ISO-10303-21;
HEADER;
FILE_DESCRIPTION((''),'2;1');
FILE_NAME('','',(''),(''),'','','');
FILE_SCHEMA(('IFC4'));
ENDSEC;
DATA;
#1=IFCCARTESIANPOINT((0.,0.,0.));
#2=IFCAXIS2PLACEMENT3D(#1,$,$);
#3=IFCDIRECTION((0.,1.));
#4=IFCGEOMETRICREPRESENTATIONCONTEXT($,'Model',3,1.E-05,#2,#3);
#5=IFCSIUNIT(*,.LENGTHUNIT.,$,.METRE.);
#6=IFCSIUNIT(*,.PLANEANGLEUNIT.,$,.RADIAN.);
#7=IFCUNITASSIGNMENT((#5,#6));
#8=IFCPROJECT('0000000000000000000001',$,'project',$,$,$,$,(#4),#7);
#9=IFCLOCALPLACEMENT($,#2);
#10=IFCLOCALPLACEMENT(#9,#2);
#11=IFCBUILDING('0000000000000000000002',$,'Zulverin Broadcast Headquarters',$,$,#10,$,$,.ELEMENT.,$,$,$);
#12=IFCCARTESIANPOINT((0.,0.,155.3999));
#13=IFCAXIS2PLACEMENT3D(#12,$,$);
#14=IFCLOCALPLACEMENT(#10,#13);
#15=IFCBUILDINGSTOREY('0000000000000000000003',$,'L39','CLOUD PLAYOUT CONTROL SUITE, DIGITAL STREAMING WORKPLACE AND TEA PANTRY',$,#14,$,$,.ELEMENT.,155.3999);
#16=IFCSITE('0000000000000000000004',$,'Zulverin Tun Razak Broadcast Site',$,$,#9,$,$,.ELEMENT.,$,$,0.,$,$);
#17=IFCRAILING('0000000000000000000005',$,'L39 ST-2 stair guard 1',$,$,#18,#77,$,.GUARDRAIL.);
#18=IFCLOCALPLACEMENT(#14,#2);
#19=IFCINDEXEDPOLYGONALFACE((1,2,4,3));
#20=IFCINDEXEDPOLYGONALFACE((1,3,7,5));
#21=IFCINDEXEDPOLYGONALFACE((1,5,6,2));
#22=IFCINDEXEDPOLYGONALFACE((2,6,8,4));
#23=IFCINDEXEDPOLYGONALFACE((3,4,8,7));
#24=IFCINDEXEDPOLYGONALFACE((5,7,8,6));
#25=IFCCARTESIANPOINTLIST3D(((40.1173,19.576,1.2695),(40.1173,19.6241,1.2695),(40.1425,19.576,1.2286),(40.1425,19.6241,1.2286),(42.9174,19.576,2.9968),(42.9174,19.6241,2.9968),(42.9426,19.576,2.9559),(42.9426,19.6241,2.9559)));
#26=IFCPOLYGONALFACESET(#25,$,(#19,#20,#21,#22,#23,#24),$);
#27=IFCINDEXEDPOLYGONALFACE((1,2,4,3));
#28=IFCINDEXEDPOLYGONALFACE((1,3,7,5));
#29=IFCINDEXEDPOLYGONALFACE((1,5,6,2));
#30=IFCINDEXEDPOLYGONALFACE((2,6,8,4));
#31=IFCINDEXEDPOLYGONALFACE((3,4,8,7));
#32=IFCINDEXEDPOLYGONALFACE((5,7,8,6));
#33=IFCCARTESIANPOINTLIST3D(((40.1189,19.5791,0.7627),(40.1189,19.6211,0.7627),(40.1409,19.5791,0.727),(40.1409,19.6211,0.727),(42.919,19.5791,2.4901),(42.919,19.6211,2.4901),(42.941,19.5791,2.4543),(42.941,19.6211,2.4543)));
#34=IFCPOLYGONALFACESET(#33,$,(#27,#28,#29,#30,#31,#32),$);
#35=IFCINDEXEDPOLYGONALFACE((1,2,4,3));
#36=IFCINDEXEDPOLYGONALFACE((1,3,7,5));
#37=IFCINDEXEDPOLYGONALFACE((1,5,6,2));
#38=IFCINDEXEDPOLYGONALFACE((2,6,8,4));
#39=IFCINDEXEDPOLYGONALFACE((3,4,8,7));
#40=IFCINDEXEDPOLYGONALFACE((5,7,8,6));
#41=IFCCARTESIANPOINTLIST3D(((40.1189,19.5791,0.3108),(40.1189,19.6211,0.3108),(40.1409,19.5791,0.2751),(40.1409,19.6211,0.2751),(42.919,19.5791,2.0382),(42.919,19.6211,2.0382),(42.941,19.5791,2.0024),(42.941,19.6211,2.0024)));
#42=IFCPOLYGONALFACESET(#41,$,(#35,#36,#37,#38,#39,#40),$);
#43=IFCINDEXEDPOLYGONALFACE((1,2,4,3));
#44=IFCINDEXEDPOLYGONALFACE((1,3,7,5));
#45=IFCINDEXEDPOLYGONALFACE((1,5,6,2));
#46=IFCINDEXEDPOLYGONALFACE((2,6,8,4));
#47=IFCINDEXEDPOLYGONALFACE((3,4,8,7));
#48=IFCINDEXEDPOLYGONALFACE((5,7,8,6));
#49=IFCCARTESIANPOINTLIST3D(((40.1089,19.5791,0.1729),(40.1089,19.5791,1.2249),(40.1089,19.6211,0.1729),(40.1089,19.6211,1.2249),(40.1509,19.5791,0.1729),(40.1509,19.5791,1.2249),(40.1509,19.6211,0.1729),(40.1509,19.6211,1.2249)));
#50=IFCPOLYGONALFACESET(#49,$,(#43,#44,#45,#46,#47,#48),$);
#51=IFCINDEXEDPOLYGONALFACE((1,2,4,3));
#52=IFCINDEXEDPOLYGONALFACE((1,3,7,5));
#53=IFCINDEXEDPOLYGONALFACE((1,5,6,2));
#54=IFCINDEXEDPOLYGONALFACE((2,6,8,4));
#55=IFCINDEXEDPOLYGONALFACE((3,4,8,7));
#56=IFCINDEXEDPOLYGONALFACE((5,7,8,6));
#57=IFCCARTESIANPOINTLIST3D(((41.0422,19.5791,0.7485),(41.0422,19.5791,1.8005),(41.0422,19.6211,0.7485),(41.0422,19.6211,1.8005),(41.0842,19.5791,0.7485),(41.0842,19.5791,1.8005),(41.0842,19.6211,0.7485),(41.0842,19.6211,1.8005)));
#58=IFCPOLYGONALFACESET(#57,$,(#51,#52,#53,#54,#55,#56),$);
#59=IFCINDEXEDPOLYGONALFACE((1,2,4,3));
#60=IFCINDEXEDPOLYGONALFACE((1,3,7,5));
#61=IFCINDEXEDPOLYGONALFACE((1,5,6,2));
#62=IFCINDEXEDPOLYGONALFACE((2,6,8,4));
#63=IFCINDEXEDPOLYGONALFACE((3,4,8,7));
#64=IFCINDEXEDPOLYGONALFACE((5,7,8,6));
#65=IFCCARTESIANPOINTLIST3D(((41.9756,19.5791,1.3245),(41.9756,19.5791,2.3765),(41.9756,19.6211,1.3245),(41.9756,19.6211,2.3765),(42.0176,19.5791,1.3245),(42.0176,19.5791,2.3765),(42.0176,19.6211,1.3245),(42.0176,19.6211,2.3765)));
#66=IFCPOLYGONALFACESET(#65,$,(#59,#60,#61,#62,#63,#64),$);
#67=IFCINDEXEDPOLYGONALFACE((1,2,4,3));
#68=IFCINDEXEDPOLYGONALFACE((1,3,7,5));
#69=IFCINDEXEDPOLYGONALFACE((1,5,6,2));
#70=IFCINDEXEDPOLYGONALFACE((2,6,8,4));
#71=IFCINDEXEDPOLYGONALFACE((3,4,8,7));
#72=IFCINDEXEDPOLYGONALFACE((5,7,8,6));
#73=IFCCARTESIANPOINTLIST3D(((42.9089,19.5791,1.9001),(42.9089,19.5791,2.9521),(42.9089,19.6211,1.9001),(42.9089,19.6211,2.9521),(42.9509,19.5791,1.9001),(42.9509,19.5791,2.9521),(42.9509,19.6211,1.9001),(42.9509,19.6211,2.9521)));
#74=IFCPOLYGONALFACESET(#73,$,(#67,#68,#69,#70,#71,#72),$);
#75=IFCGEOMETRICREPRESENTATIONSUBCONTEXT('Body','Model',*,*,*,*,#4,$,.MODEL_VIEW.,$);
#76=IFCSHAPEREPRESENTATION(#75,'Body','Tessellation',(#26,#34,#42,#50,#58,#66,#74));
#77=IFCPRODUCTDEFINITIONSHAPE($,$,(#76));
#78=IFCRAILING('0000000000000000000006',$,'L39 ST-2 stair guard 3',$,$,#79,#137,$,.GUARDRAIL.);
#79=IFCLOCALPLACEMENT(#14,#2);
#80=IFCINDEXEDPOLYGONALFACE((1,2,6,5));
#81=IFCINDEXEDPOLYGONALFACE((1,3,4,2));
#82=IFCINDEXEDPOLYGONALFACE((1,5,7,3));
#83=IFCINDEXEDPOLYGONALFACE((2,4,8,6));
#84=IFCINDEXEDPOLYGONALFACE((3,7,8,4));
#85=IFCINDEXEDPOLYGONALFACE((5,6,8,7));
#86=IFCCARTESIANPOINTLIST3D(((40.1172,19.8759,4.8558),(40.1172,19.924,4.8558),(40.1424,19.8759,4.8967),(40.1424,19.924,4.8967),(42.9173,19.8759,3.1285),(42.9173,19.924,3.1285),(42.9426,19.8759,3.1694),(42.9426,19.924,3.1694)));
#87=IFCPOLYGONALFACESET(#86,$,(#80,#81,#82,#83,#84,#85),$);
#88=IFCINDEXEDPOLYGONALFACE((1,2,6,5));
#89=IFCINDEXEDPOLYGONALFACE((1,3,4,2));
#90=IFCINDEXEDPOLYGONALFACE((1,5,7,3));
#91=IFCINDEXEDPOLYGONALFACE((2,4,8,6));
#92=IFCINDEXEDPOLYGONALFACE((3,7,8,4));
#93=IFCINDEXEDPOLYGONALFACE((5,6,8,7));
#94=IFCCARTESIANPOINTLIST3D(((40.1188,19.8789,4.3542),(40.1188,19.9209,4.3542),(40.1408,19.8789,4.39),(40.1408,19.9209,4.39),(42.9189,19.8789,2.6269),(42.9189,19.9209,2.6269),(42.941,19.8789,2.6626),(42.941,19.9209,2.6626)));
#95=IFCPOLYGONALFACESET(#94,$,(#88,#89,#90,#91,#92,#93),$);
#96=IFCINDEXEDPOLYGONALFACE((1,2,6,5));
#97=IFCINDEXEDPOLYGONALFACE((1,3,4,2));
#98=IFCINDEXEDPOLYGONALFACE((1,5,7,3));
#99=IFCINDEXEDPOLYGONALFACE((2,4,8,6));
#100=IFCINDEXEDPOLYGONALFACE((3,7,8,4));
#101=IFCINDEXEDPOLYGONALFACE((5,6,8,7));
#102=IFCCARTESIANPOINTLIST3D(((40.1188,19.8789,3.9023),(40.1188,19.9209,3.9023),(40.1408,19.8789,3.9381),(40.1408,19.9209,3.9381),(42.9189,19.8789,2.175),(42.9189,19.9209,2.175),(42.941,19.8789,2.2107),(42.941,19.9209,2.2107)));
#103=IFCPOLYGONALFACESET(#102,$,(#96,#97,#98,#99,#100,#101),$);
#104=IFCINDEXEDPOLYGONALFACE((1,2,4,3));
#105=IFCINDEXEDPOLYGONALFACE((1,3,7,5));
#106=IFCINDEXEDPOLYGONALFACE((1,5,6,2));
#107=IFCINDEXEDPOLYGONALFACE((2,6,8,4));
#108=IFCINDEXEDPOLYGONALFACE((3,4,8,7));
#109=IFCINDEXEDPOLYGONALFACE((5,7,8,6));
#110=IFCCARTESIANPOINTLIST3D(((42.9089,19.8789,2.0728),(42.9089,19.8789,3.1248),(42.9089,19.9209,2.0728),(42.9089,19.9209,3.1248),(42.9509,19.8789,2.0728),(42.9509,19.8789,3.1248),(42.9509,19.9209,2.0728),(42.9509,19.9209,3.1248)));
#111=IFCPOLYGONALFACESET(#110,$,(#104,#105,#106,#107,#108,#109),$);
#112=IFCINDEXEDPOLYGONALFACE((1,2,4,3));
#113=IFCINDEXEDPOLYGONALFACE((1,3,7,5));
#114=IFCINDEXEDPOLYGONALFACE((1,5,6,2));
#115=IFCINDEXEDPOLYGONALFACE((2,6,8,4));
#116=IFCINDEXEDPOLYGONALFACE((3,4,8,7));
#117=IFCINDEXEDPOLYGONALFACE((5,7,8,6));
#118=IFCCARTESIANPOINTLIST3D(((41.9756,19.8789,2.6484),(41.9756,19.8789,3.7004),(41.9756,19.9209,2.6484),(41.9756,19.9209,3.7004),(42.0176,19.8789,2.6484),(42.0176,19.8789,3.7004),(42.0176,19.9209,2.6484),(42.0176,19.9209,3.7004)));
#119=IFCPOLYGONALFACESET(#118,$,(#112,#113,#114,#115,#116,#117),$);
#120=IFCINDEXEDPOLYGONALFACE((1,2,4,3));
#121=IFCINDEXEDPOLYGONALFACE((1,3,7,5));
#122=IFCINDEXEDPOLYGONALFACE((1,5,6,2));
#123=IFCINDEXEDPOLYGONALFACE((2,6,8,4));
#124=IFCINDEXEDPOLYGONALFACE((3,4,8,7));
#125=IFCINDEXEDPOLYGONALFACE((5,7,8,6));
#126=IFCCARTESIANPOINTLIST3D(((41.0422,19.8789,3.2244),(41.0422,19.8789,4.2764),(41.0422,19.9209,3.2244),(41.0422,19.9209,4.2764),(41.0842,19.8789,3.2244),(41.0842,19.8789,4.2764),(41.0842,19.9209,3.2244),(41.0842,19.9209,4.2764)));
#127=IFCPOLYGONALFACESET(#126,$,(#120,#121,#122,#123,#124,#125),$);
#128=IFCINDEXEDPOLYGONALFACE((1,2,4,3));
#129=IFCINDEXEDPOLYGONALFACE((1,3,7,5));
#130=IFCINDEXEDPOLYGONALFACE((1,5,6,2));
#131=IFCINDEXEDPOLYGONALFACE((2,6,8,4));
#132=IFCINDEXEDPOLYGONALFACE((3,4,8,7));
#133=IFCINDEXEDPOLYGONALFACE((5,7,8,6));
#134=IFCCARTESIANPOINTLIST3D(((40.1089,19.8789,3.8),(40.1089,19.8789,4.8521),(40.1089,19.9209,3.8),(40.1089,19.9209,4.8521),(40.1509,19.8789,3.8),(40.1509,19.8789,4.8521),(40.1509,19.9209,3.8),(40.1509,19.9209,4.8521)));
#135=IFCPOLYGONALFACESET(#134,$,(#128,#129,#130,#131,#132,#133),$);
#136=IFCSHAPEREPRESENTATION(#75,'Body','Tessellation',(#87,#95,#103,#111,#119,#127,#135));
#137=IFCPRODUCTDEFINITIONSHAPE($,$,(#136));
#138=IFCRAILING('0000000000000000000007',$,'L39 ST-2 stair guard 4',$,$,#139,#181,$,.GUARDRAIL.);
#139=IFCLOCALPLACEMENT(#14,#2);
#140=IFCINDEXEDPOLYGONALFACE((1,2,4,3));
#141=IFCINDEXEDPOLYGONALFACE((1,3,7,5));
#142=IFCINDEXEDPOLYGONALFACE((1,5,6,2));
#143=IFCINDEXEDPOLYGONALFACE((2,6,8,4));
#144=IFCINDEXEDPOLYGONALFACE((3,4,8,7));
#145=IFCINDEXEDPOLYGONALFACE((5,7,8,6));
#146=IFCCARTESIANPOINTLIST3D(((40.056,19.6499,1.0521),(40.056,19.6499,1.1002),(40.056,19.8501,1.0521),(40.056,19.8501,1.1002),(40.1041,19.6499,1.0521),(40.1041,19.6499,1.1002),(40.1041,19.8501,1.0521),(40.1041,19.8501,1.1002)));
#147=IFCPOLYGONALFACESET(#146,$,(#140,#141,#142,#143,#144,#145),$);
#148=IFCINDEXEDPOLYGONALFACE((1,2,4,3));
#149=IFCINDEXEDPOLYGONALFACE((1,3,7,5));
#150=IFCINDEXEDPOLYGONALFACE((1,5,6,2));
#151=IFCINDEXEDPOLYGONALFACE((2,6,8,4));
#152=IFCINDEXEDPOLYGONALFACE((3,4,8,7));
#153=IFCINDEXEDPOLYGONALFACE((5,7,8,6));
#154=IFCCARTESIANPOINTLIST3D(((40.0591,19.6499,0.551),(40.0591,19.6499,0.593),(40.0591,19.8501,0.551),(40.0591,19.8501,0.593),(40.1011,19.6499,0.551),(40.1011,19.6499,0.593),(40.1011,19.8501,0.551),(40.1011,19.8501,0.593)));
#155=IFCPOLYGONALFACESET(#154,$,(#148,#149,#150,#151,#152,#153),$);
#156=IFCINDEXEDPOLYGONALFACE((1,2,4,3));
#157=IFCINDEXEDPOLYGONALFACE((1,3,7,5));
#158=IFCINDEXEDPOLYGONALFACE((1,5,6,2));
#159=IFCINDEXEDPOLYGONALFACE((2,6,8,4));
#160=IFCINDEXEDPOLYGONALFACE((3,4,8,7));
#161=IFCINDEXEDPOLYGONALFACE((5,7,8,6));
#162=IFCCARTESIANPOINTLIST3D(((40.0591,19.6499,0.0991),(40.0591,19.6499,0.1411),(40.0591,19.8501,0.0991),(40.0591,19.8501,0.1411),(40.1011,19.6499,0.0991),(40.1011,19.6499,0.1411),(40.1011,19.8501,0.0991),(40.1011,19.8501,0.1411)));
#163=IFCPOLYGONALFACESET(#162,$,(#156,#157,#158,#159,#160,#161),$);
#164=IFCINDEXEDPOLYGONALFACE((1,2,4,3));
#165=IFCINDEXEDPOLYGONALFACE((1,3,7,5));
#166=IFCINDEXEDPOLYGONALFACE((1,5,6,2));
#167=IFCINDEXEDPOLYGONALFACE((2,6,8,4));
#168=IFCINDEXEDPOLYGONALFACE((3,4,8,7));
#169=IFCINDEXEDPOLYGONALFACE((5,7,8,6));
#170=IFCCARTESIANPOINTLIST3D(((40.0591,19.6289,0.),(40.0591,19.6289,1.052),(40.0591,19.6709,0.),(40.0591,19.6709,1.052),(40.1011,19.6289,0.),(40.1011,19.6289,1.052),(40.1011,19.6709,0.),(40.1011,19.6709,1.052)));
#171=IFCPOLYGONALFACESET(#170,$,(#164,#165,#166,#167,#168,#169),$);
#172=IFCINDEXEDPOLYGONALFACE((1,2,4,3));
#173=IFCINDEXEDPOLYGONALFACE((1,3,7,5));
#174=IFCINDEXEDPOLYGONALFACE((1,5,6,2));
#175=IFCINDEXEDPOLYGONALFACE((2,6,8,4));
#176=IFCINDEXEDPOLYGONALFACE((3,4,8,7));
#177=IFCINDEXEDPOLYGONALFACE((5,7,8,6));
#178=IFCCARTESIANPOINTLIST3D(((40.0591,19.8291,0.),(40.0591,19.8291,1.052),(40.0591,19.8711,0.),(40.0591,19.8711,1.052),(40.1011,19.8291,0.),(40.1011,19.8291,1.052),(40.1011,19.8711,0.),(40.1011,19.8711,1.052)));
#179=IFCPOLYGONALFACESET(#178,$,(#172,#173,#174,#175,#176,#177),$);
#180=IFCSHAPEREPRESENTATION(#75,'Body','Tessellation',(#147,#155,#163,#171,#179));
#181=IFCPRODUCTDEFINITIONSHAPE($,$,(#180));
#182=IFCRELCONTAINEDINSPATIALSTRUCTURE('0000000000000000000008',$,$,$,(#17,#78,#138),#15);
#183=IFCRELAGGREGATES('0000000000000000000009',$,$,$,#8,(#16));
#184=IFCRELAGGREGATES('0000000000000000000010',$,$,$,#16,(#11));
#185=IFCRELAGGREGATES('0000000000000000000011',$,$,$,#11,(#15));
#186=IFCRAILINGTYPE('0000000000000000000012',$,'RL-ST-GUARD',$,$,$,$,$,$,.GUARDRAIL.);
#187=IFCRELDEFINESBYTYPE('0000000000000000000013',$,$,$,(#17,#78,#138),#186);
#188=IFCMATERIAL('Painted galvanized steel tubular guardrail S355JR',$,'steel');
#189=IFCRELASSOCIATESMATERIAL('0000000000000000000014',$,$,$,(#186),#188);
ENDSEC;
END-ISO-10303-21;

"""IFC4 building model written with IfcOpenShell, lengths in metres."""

from ifc_helpers import new_model, si_unit, direction, frame, origin, origin_2d, place, context, subcontext, project, spatial, rectangle, extrude, material, type_object, element, save


model = new_model("IFC4")

# Units and contexts
model_context = context("Model", 3, precision=1e-05, world=origin(), true_north=direction((0.0, 1.0)))
body_context = subcontext(model_context, "Body", "Model", "MODEL_VIEW")
ifc_project = project(units=[si_unit("LENGTHUNIT", "METRE"), si_unit("PLANEANGLEUNIT", "RADIAN")], contexts=[model_context])

# Site, building, storey
site_placement = place(None, origin())
site = spatial("IfcSite", under=ifc_project, at=site_placement, Name="Zulverin Tun Razak Broadcast Site", CompositionType="ELEMENT", RefElevation=0.0)
building_placement = place(site_placement, origin())
building = spatial("IfcBuilding", under=site, at=building_placement, Name="Zulverin Broadcast Headquarters", CompositionType="ELEMENT")
storey_placement = place(building_placement, frame((0.0, 0.0, 155.3999)))
storey = spatial("IfcBuildingStorey", under=building, at=storey_placement, Name="L39", Description="CLOUD PLAYOUT CONTROL SUITE, DIGITAL STREAMING WORKPLACE AND TEA PANTRY", CompositionType="ELEMENT", Elevation=155.3999)

# Railings
ifc_material_1 = material(Name="Painted galvanized steel tubular guardrail S355JR", Category="steel")
railing_type_1 = type_object("IfcRailingType", Name="RL-ST-GUARD", PredefinedType="GUARDRAIL", material=ifc_material_1)
railing_1_placement = place(storey_placement, frame((40.1299, 19.6001, 0.1729)))
element("IfcRailing", 1, at=railing_1_placement, inside=storey, type_object=railing_type_1, Name="L39 ST-2 stair guard 1", PredefinedType="GUARDRAIL", context=body_context, shape_type="SweptSolid", body=[
    extrude(rectangle(XDim=0.0481, YDim=0.0481, at=origin_2d()), frame((0.0, 0.0, 1.0762), z_axis=(0.85109, 0.0, 0.52502), x_axis=(0.0, 1.0, 0.0)), (0.0, 0.0, 1.0), 3.29),
    extrude(rectangle(XDim=0.042, YDim=0.042, at=origin_2d()), frame((0.0, 0.0, 0.572), z_axis=(0.85109, 0.0, 0.52502), x_axis=(0.0, 1.0, 0.0)), (0.0, 0.0, 1.0), 3.29),
    extrude(rectangle(XDim=0.042, YDim=0.042, at=origin_2d()), frame((0.0, 0.0, 0.1201), z_axis=(0.85109, 0.0, 0.52502), x_axis=(0.0, 1.0, 0.0)), (0.0, 0.0, 1.0), 3.29),
    extrude(rectangle(XDim=0.042, YDim=0.042, at=origin_2d()), origin(), (0.0, 0.0, 1.0), 1.052),
    extrude(rectangle(XDim=0.042, YDim=0.042, at=origin_2d()), frame((0.9333, 0.0, 0.5757)), (0.0, 0.0, 1.0), 1.052),
    extrude(rectangle(XDim=0.042, YDim=0.042, at=origin_2d()), frame((1.8667, 0.0, 1.1516)), (0.0, 0.0, 1.0), 1.052),
    extrude(rectangle(XDim=0.042, YDim=0.042, at=origin_2d()), frame((2.8, 0.0, 1.7273)), (0.0, 0.0, 1.0), 1.052),
])
railing_2_placement = place(storey_placement, frame((42.9299, 19.8999, 2.0728)))
element("IfcRailing", 2, at=railing_2_placement, inside=storey, type_object=railing_type_1, Name="L39 ST-2 stair guard 3", PredefinedType="GUARDRAIL", context=body_context, shape_type="SweptSolid", body=[
    extrude(rectangle(XDim=0.0481, YDim=0.0481, at=origin_2d()), frame((0.0, 0.0, 1.0762), z_axis=(-0.85109, 0.0, 0.52502), x_axis=(0.0, -1.0, 0.0)), (0.0, 0.0, 1.0), 3.29),
    extrude(rectangle(XDim=0.042, YDim=0.042, at=origin_2d()), frame((0.0, 0.0, 0.572), z_axis=(-0.85109, 0.0, 0.52502), x_axis=(0.0, -1.0, 0.0)), (0.0, 0.0, 1.0), 3.29),
    extrude(rectangle(XDim=0.042, YDim=0.042, at=origin_2d()), frame((0.0, 0.0, 0.1201), z_axis=(-0.85109, 0.0, 0.52502), x_axis=(0.0, -1.0, 0.0)), (0.0, 0.0, 1.0), 3.29),
    extrude(rectangle(XDim=0.042, YDim=0.042, at=origin_2d()), origin(), (0.0, 0.0, 1.0), 1.052),
    extrude(rectangle(XDim=0.042, YDim=0.042, at=origin_2d()), frame((-0.9333, 0.0, 0.5757)), (0.0, 0.0, 1.0), 1.052),
    extrude(rectangle(XDim=0.042, YDim=0.042, at=origin_2d()), frame((-1.8667, 0.0, 1.1516)), (0.0, 0.0, 1.0), 1.052),
    extrude(rectangle(XDim=0.042, YDim=0.042, at=origin_2d()), frame((-2.8, 0.0, 1.7273)), (0.0, 0.0, 1.0), 1.052),
])
railing_3_placement = place(storey_placement, frame((40.0801, 19.6499, 0.0)))
element("IfcRailing", 3, at=railing_3_placement, inside=storey, type_object=railing_type_1, Name="L39 ST-2 stair guard 4", PredefinedType="GUARDRAIL", context=body_context, shape_type="SweptSolid", body=[
    extrude(rectangle(XDim=0.0481, YDim=0.0481, at=origin_2d()), frame((0.0, 0.0, 1.0762), z_axis=(0.0, 1.0, 0.0), x_axis=(-1.0, 0.0, 0.0)), (0.0, 0.0, 1.0), 0.2002),
    extrude(rectangle(XDim=0.042, YDim=0.042, at=origin_2d()), frame((0.0, 0.0, 0.572), z_axis=(0.0, 1.0, 0.0), x_axis=(-1.0, 0.0, 0.0)), (0.0, 0.0, 1.0), 0.2002),
    extrude(rectangle(XDim=0.042, YDim=0.042, at=origin_2d()), frame((0.0, 0.0, 0.1201), z_axis=(0.0, 1.0, 0.0), x_axis=(-1.0, 0.0, 0.0)), (0.0, 0.0, 1.0), 0.2002),
    extrude(rectangle(XDim=0.042, YDim=0.042, at=origin_2d()), origin(), (0.0, 0.0, 1.0), 1.052),
    extrude(rectangle(XDim=0.042, YDim=0.042, at=origin_2d()), frame((0.0, 0.2002, 0.0)), (0.0, 0.0, 1.0), 1.052),
])

save(model, "model.ifc")
